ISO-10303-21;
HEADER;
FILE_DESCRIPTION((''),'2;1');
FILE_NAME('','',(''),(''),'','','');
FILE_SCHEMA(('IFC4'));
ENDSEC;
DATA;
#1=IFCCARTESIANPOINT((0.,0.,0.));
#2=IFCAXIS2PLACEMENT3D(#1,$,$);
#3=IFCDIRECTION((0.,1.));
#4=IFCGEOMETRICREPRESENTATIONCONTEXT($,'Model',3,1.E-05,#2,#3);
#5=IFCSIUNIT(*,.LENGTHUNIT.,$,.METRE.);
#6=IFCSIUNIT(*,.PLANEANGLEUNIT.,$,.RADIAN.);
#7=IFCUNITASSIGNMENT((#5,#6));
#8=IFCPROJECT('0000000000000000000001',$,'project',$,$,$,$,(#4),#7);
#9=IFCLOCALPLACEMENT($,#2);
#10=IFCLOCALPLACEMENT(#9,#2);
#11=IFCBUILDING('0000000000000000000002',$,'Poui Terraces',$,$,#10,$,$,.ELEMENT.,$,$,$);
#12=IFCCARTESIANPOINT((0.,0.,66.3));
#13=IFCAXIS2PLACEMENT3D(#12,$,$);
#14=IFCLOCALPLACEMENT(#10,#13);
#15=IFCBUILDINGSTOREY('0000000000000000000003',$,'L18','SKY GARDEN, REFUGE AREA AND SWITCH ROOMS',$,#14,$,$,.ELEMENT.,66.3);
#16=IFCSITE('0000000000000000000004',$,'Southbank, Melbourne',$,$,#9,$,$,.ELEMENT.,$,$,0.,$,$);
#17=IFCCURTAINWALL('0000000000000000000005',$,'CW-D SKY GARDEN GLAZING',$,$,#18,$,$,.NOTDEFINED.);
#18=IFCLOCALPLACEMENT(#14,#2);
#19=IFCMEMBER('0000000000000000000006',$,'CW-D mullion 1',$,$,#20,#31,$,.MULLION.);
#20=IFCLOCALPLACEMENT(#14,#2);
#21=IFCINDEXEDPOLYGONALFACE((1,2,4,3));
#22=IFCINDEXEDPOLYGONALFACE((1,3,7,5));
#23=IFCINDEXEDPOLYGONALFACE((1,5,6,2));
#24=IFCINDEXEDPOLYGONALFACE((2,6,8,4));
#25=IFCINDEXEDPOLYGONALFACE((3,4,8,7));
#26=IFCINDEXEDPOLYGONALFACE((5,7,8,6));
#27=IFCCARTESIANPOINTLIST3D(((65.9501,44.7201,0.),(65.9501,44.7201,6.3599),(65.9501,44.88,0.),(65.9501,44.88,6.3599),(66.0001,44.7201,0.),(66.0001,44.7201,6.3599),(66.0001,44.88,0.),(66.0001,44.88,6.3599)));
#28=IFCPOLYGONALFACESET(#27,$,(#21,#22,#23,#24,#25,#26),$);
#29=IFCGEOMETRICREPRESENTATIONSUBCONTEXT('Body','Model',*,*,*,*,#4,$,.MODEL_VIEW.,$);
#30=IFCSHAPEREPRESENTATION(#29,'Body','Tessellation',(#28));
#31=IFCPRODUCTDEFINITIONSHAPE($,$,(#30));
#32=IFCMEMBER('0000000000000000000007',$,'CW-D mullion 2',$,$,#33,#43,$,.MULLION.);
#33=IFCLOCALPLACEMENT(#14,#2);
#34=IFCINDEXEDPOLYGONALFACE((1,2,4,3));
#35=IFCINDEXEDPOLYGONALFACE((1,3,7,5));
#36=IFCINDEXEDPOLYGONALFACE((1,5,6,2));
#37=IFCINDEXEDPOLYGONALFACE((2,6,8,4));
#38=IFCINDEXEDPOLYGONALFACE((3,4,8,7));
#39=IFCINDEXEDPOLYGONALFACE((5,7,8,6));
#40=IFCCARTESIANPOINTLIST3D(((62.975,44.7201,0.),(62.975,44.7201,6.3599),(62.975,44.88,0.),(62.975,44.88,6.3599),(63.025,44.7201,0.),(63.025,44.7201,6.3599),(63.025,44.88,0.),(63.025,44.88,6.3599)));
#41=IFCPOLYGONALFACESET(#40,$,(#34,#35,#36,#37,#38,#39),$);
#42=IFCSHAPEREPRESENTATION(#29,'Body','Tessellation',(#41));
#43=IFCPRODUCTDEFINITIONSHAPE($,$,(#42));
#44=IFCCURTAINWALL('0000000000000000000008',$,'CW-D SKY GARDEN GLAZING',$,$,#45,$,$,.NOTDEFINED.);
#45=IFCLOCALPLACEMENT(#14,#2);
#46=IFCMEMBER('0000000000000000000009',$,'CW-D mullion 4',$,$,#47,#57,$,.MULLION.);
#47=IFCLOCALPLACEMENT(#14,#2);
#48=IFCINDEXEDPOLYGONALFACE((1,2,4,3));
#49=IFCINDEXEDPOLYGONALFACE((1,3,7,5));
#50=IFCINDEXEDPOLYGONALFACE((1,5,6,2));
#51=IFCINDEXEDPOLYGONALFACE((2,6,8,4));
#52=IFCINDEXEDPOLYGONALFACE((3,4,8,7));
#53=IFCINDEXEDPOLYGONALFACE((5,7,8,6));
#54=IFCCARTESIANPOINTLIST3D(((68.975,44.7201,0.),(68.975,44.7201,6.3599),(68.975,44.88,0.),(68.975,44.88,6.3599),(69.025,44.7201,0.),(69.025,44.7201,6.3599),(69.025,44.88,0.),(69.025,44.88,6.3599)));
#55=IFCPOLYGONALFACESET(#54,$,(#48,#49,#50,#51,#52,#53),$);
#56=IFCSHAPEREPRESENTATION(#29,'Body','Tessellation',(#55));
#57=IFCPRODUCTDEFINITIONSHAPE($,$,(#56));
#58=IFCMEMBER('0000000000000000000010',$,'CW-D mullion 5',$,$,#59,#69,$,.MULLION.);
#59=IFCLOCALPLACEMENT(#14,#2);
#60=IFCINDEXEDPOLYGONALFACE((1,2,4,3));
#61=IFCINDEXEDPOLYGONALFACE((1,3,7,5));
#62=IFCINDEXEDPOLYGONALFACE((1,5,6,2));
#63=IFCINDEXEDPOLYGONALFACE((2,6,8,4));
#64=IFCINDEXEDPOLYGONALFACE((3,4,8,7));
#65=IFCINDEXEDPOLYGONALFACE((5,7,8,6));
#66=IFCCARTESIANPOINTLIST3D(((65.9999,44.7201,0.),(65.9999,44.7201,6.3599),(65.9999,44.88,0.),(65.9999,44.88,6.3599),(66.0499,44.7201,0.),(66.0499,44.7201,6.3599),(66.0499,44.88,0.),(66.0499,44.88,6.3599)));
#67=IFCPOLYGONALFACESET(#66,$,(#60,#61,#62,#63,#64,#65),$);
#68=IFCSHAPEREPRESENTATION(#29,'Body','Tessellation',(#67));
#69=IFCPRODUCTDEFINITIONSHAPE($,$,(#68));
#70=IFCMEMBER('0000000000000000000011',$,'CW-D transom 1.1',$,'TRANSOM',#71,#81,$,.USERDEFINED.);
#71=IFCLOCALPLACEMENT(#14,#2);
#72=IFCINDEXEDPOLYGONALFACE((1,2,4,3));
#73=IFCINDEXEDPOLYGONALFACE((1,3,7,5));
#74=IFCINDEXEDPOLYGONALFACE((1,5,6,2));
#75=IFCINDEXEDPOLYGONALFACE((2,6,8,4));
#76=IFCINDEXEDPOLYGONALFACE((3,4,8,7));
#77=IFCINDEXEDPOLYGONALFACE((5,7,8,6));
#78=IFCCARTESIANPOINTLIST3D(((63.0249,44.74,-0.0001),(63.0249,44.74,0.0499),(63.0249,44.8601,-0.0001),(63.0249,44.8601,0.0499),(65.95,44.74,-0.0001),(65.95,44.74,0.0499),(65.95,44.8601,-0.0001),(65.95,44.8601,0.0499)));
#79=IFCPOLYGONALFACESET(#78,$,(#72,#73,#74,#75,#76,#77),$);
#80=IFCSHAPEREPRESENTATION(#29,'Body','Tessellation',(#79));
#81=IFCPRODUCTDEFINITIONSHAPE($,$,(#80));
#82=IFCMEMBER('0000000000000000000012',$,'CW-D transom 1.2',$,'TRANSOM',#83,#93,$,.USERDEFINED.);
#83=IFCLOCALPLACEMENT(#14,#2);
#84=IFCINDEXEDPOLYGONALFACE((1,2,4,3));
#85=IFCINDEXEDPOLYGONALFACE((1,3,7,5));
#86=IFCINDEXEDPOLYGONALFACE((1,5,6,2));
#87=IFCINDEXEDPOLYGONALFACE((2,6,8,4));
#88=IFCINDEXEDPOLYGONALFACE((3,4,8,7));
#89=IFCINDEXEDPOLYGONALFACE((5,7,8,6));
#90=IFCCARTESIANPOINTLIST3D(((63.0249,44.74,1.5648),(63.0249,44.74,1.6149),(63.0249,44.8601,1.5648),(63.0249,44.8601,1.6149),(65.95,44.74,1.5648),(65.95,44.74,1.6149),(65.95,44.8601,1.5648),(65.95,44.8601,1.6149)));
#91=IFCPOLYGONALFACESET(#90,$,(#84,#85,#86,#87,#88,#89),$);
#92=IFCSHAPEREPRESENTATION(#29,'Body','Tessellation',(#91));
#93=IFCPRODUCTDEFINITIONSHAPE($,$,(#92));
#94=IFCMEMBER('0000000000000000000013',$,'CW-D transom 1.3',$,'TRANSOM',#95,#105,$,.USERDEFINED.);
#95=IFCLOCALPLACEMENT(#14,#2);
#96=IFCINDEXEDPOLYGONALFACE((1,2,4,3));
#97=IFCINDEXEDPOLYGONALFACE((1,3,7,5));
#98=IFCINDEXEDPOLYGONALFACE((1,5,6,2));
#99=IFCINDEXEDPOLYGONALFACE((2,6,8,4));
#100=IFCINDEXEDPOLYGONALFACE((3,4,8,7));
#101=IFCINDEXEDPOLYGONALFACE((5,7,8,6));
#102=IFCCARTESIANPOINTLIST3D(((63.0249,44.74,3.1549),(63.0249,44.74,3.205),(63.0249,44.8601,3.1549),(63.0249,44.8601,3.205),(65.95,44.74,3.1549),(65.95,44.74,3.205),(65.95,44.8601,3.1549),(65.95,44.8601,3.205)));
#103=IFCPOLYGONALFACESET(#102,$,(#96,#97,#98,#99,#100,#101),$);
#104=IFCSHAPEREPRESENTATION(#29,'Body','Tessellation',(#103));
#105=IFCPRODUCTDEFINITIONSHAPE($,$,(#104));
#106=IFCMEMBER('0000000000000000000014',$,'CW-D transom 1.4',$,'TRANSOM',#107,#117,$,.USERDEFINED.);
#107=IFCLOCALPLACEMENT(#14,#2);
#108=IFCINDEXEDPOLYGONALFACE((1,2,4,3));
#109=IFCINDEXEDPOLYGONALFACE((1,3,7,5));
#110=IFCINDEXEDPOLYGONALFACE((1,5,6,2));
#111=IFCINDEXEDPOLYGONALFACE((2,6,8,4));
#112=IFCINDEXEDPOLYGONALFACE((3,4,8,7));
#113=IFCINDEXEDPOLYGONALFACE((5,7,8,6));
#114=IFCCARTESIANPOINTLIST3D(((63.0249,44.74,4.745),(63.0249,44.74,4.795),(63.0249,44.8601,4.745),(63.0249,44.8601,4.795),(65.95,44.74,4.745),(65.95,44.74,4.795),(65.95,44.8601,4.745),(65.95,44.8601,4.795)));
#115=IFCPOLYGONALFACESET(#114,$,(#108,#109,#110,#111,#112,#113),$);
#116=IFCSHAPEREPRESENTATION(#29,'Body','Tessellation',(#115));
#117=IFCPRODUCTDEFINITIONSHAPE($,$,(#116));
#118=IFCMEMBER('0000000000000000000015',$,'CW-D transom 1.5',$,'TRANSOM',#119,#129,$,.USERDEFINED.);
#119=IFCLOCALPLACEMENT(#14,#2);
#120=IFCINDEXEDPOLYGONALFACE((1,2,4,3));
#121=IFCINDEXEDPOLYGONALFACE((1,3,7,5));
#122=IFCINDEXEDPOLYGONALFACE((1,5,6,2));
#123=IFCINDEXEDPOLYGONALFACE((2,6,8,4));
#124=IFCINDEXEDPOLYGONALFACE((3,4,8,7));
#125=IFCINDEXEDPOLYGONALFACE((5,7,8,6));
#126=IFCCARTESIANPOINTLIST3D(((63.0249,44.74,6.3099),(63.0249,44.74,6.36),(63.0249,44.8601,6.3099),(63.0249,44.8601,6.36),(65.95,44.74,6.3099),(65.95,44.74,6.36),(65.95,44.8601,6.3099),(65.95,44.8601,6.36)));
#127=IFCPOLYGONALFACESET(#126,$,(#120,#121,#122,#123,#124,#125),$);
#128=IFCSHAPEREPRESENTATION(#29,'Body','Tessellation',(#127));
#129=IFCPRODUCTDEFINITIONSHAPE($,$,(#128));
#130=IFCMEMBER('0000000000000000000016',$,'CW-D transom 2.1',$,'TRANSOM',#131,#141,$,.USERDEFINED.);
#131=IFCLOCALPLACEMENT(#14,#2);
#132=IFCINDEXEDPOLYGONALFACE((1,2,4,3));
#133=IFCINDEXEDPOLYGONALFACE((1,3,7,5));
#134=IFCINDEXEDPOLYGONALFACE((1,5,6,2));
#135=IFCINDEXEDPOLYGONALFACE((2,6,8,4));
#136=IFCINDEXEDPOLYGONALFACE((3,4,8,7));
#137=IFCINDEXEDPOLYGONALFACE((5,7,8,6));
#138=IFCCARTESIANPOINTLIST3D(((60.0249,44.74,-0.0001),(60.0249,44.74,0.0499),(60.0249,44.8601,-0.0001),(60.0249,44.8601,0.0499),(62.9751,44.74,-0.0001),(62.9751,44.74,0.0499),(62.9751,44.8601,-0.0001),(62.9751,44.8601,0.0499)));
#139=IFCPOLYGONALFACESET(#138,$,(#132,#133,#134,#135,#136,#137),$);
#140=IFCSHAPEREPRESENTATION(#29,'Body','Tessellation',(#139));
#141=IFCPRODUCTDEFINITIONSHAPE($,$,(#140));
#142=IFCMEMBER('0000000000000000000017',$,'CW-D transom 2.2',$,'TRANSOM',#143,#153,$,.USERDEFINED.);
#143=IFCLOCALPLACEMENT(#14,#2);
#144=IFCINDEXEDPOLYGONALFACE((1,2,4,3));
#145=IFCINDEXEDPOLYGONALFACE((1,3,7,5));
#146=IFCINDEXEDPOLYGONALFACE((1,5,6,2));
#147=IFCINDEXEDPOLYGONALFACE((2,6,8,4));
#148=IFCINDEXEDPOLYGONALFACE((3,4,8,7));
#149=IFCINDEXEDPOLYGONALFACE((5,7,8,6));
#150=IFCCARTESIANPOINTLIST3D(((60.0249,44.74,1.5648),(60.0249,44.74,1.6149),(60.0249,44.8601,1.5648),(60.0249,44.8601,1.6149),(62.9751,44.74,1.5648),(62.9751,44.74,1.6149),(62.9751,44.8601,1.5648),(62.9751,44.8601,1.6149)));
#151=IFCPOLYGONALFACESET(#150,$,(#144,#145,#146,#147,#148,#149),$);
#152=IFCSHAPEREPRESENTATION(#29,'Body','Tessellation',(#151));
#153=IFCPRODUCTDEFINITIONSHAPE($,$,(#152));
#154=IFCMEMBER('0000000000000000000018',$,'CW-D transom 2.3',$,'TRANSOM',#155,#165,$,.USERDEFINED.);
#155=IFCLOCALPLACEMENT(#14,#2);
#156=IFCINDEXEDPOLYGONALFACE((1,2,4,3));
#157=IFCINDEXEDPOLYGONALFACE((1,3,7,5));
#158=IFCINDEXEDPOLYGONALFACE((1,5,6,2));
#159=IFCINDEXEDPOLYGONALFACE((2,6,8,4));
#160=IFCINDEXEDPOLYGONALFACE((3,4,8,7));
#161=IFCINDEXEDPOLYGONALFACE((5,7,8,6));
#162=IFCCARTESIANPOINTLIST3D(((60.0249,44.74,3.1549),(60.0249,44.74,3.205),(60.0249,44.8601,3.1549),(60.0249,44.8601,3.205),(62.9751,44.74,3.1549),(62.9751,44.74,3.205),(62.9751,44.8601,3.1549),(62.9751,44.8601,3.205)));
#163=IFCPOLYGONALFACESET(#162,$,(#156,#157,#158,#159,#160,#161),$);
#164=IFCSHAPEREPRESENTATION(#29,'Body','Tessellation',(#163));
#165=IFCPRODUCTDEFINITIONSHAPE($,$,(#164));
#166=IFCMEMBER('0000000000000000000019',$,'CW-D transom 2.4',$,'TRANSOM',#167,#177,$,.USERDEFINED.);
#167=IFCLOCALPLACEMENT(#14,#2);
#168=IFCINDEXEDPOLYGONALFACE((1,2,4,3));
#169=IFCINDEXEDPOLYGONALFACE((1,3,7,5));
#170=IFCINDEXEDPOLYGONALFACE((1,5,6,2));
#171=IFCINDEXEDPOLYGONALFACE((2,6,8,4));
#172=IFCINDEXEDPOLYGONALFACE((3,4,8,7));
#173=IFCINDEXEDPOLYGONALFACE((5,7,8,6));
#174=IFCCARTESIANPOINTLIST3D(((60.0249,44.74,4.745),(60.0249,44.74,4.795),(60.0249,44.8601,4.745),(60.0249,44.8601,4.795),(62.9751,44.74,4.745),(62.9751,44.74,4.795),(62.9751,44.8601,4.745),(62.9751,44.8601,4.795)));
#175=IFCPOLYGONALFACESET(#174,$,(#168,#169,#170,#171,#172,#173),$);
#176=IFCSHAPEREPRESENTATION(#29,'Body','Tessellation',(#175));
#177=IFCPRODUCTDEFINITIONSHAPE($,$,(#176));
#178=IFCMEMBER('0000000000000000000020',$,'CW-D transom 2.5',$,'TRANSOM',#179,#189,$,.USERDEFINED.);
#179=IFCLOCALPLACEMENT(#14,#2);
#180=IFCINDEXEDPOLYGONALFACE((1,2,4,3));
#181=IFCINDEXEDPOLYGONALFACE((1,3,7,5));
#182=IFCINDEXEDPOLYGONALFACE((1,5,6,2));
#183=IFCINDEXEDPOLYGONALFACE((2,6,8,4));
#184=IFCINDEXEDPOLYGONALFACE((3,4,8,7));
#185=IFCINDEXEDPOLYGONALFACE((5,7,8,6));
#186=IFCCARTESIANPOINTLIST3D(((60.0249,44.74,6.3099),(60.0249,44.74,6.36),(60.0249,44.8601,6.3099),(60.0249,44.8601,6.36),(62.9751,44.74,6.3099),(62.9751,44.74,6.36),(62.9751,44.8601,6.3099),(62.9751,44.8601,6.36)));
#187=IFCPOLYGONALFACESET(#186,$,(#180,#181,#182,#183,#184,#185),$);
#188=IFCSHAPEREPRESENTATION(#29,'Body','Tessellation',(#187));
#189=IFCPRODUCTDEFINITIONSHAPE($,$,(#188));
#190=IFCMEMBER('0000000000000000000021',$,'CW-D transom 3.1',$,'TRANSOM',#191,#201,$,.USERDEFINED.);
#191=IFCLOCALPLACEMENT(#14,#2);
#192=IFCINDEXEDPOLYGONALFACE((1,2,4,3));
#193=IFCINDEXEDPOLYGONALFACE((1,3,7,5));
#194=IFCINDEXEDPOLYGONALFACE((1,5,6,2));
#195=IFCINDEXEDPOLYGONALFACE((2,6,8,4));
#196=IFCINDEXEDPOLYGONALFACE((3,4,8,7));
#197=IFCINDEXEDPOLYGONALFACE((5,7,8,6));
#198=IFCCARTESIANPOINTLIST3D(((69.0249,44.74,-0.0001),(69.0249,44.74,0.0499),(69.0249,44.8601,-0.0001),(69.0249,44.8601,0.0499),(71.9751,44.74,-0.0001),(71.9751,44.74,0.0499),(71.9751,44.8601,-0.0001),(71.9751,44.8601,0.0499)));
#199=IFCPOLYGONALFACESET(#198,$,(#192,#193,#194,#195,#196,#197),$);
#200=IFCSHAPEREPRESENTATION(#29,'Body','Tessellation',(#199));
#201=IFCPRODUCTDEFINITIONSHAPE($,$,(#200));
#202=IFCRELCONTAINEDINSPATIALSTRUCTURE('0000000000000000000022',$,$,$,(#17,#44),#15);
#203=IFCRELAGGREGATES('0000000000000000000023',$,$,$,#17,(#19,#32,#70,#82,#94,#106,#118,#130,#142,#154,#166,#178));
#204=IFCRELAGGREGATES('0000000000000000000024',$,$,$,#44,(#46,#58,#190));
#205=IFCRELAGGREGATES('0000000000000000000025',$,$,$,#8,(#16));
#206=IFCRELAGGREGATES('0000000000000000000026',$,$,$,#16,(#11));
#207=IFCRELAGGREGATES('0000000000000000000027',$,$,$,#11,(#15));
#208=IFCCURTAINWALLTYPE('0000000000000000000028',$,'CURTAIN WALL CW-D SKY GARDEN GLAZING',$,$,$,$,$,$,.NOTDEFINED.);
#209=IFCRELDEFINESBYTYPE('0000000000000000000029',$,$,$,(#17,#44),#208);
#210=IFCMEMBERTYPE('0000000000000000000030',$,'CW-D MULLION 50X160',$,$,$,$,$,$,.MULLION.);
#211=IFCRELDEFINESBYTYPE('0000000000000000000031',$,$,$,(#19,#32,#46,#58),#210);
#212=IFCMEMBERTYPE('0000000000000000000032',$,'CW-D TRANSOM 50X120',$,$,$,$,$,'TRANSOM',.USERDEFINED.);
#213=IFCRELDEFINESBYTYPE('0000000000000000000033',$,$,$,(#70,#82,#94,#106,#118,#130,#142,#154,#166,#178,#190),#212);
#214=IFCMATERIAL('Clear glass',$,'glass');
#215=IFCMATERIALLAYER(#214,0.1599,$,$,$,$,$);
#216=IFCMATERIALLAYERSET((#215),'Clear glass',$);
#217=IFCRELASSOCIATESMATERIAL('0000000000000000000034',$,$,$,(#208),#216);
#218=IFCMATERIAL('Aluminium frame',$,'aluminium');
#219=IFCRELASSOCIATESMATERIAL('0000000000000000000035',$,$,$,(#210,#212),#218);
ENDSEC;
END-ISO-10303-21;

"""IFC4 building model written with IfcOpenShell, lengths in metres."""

from ifc_helpers import new_model, si_unit, direction, frame, origin, origin_2d, place, context, subcontext, project, spatial, rectangle, extrude, material, layer, layer_set, material_profile, profile_set, type_object, element, aggregate, save


model = new_model("IFC4")

# Units and contexts
model_context = context("Model", 3, precision=1e-05, world=origin(), true_north=direction((0.0, 1.0)))
body_context = subcontext(model_context, "Body", "Model", "MODEL_VIEW")
ifc_project = project(units=[si_unit("LENGTHUNIT", "METRE"), si_unit("PLANEANGLEUNIT", "RADIAN")], contexts=[model_context])

# Site, building, storey
site_placement = place(None, origin())
site = spatial("IfcSite", under=ifc_project, at=site_placement, Name="Southbank, Melbourne", CompositionType="ELEMENT", RefElevation=0.0)
building_placement = place(site_placement, origin())
building = spatial("IfcBuilding", under=site, at=building_placement, Name="Poui Terraces", CompositionType="ELEMENT")
storey_placement = place(building_placement, frame((0.0, 0.0, 66.3)))
storey = spatial("IfcBuildingStorey", under=building, at=storey_placement, Name="L18", Description="SKY GARDEN, REFUGE AREA AND SWITCH ROOMS", CompositionType="ELEMENT", Elevation=66.3)

# Curtain walls, members
ifc_material_1 = material(Name="Clear glass", Category="glass")
ifc_layer_1 = layer(ifc_material_1, 0.1599)
ifc_layer_set_1 = layer_set([ifc_layer_1], Name="Clear glass")
curtain_wall_type = type_object("IfcCurtainWallType", Name="CURTAIN WALL CW-D SKY GARDEN GLAZING", PredefinedType="NOTDEFINED", material=ifc_layer_set_1)
curtain_wall_1_placement = place(storey_placement, origin())
curtain_wall_1 = element("IfcCurtainWall", 1, at=curtain_wall_1_placement, inside=storey, type_object=curtain_wall_type, Name="CW-D SKY GARDEN GLAZING", PredefinedType="NOTDEFINED")
ifc_material_2 = material(Name="Aluminium frame", Category="aluminium")
ifc_material_profile_1 = material_profile(ifc_material_2, rectangle(XDim=0.1599, YDim=0.05, at=origin_2d()), Name="CW-D MULLION 50X160")
ifc_profile_set_1 = profile_set([ifc_material_profile_1], Name="Aluminium frame")
member_type_1 = type_object("IfcMemberType", Name="CW-D MULLION 50X160", PredefinedType="MULLION", material=ifc_profile_set_1)
member_1_placement = place(storey_placement, frame((65.9751, 44.8, 0.0), z_axis=(0.0, 0.0, 1.0), x_axis=(0.0, -1.0, 0.0)))
member_1 = element("IfcMember", 2, at=member_1_placement, type_object=member_type_1, Name="CW-D mullion 1", PredefinedType="MULLION", context=body_context, shape_type="SweptSolid", body=[
    extrude(rectangle(XDim=0.1599, YDim=0.05, at=origin_2d()), origin(), (0.0, 0.0, 1.0), 6.3599),
])
member_2_placement = place(storey_placement, frame((63.0, 44.8, 0.0), z_axis=(0.0, 0.0, 1.0), x_axis=(0.0, -1.0, 0.0)))
member_2 = element("IfcMember", 3, at=member_2_placement, type_object=member_type_1, Name="CW-D mullion 2", PredefinedType="MULLION", context=body_context, shape_type="SweptSolid", body=[
    extrude(rectangle(XDim=0.1599, YDim=0.05, at=origin_2d()), origin(), (0.0, 0.0, 1.0), 6.3599),
])
curtain_wall_2_placement = place(storey_placement, origin())
curtain_wall_2 = element("IfcCurtainWall", 4, at=curtain_wall_2_placement, inside=storey, type_object=curtain_wall_type, Name="CW-D SKY GARDEN GLAZING", PredefinedType="NOTDEFINED")
member_3_placement = place(storey_placement, frame((69.0, 44.8, 0.0), z_axis=(0.0, 0.0, 1.0), x_axis=(0.0, -1.0, 0.0)))
member_3 = element("IfcMember", 5, at=member_3_placement, type_object=member_type_1, Name="CW-D mullion 4", PredefinedType="MULLION", context=body_context, shape_type="SweptSolid", body=[
    extrude(rectangle(XDim=0.1599, YDim=0.05, at=origin_2d()), origin(), (0.0, 0.0, 1.0), 6.3599),
])
member_4_placement = place(storey_placement, frame((66.0249, 44.8, 0.0), z_axis=(0.0, 0.0, 1.0), x_axis=(0.0, -1.0, 0.0)))
member_4 = element("IfcMember", 6, at=member_4_placement, type_object=member_type_1, Name="CW-D mullion 5", PredefinedType="MULLION", context=body_context, shape_type="SweptSolid", body=[
    extrude(rectangle(XDim=0.1599, YDim=0.05, at=origin_2d()), origin(), (0.0, 0.0, 1.0), 6.3599),
])

# Members
ifc_material_profile_2 = material_profile(ifc_material_2, rectangle(XDim=0.1201, YDim=0.05, at=origin_2d()), Name="CW-D TRANSOM 50X120")
ifc_profile_set_2 = profile_set([ifc_material_profile_2], Name="Aluminium frame")
member_type_2 = type_object("IfcMemberType", Name="CW-D TRANSOM 50X120", ElementType="TRANSOM", PredefinedType="USERDEFINED", material=ifc_profile_set_2)
member_5_placement = place(storey_placement, frame((65.95, 44.8, 0.0249), z_axis=(-1.0, 0.0, 0.0), x_axis=(0.0, -1.0, 0.0)))
member_5 = element("IfcMember", 7, at=member_5_placement, type_object=member_type_2, Name="CW-D transom 1.1", ObjectType="TRANSOM", PredefinedType="USERDEFINED", context=body_context, shape_type="SweptSolid", body=[
    extrude(rectangle(XDim=0.1201, YDim=0.05, at=origin_2d()), origin(), (0.0, 0.0, 1.0), 2.925),
])
member_6_placement = place(storey_placement, frame((65.95, 44.8, 1.5898), z_axis=(-1.0, 0.0, 0.0), x_axis=(0.0, -1.0, 0.0)))
member_6 = element("IfcMember", 8, at=member_6_placement, type_object=member_type_2, Name="CW-D transom 1.2", ObjectType="TRANSOM", PredefinedType="USERDEFINED", context=body_context, shape_type="SweptSolid", body=[
    extrude(rectangle(XDim=0.1201, YDim=0.05, at=origin_2d()), origin(), (0.0, 0.0, 1.0), 2.925),
])
member_7_placement = place(storey_placement, frame((65.95, 44.8, 3.1799), z_axis=(-1.0, 0.0, 0.0), x_axis=(0.0, -1.0, 0.0)))
member_7 = element("IfcMember", 9, at=member_7_placement, type_object=member_type_2, Name="CW-D transom 1.3", ObjectType="TRANSOM", PredefinedType="USERDEFINED", context=body_context, shape_type="SweptSolid", body=[
    extrude(rectangle(XDim=0.1201, YDim=0.05, at=origin_2d()), origin(), (0.0, 0.0, 1.0), 2.925),
])
member_8_placement = place(storey_placement, frame((65.95, 44.8, 4.77), z_axis=(-1.0, 0.0, 0.0), x_axis=(0.0, -1.0, 0.0)))
member_8 = element("IfcMember", 10, at=member_8_placement, type_object=member_type_2, Name="CW-D transom 1.4", ObjectType="TRANSOM", PredefinedType="USERDEFINED", context=body_context, shape_type="SweptSolid", body=[
    extrude(rectangle(XDim=0.1201, YDim=0.05, at=origin_2d()), origin(), (0.0, 0.0, 1.0), 2.925),
])
member_9_placement = place(storey_placement, frame((65.95, 44.8, 6.335), z_axis=(-1.0, 0.0, 0.0), x_axis=(0.0, -1.0, 0.0)))
member_9 = element("IfcMember", 11, at=member_9_placement, type_object=member_type_2, Name="CW-D transom 1.5", ObjectType="TRANSOM", PredefinedType="USERDEFINED", context=body_context, shape_type="SweptSolid", body=[
    extrude(rectangle(XDim=0.1201, YDim=0.05, at=origin_2d()), origin(), (0.0, 0.0, 1.0), 2.925),
])
member_10_placement = place(storey_placement, frame((62.9751, 44.8, 0.0249), z_axis=(-1.0, 0.0, 0.0), x_axis=(0.0, -1.0, 0.0)))
member_10 = element("IfcMember", 12, at=member_10_placement, type_object=member_type_2, Name="CW-D transom 2.1", ObjectType="TRANSOM", PredefinedType="USERDEFINED", context=body_context, shape_type="SweptSolid", body=[
    extrude(rectangle(XDim=0.1201, YDim=0.05, at=origin_2d()), origin(), (0.0, 0.0, 1.0), 2.9502),
])
member_11_placement = place(storey_placement, frame((62.9751, 44.8, 1.5898), z_axis=(-1.0, 0.0, 0.0), x_axis=(0.0, -1.0, 0.0)))
member_11 = element("IfcMember", 13, at=member_11_placement, type_object=member_type_2, Name="CW-D transom 2.2", ObjectType="TRANSOM", PredefinedType="USERDEFINED", context=body_context, shape_type="SweptSolid", body=[
    extrude(rectangle(XDim=0.1201, YDim=0.05, at=origin_2d()), origin(), (0.0, 0.0, 1.0), 2.9502),
])
member_12_placement = place(storey_placement, frame((62.9751, 44.8, 3.1799), z_axis=(-1.0, 0.0, 0.0), x_axis=(0.0, -1.0, 0.0)))
member_12 = element("IfcMember", 14, at=member_12_placement, type_object=member_type_2, Name="CW-D transom 2.3", ObjectType="TRANSOM", PredefinedType="USERDEFINED", context=body_context, shape_type="SweptSolid", body=[
    extrude(rectangle(XDim=0.1201, YDim=0.05, at=origin_2d()), origin(), (0.0, 0.0, 1.0), 2.9502),
])
member_13_placement = place(storey_placement, frame((62.9751, 44.8, 4.77), z_axis=(-1.0, 0.0, 0.0), x_axis=(0.0, -1.0, 0.0)))
member_13 = element("IfcMember", 15, at=member_13_placement, type_object=member_type_2, Name="CW-D transom 2.4", ObjectType="TRANSOM", PredefinedType="USERDEFINED", context=body_context, shape_type="SweptSolid", body=[
    extrude(rectangle(XDim=0.1201, YDim=0.05, at=origin_2d()), origin(), (0.0, 0.0, 1.0), 2.9502),
])
member_14_placement = place(storey_placement, frame((62.9751, 44.8, 6.335), z_axis=(-1.0, 0.0, 0.0), x_axis=(0.0, -1.0, 0.0)))
member_14 = element("IfcMember", 16, at=member_14_placement, type_object=member_type_2, Name="CW-D transom 2.5", ObjectType="TRANSOM", PredefinedType="USERDEFINED", context=body_context, shape_type="SweptSolid", body=[
    extrude(rectangle(XDim=0.1201, YDim=0.05, at=origin_2d()), origin(), (0.0, 0.0, 1.0), 2.9502),
])
member_15_placement = place(storey_placement, frame((71.9751, 44.8, 0.0249), z_axis=(-1.0, 0.0, 0.0), x_axis=(0.0, -1.0, 0.0)))
member_15 = element("IfcMember", 17, at=member_15_placement, type_object=member_type_2, Name="CW-D transom 3.1", ObjectType="TRANSOM", PredefinedType="USERDEFINED", context=body_context, shape_type="SweptSolid", body=[
    extrude(rectangle(XDim=0.1201, YDim=0.05, at=origin_2d()), origin(), (0.0, 0.0, 1.0), 2.9502),
])

aggregate(curtain_wall_1, [member_1, member_2, member_5, member_6, member_7, member_8, member_9, member_10, member_11, member_12, member_13, member_14])
aggregate(curtain_wall_2, [member_3, member_4, member_15])

save(model, "model.ifc")
